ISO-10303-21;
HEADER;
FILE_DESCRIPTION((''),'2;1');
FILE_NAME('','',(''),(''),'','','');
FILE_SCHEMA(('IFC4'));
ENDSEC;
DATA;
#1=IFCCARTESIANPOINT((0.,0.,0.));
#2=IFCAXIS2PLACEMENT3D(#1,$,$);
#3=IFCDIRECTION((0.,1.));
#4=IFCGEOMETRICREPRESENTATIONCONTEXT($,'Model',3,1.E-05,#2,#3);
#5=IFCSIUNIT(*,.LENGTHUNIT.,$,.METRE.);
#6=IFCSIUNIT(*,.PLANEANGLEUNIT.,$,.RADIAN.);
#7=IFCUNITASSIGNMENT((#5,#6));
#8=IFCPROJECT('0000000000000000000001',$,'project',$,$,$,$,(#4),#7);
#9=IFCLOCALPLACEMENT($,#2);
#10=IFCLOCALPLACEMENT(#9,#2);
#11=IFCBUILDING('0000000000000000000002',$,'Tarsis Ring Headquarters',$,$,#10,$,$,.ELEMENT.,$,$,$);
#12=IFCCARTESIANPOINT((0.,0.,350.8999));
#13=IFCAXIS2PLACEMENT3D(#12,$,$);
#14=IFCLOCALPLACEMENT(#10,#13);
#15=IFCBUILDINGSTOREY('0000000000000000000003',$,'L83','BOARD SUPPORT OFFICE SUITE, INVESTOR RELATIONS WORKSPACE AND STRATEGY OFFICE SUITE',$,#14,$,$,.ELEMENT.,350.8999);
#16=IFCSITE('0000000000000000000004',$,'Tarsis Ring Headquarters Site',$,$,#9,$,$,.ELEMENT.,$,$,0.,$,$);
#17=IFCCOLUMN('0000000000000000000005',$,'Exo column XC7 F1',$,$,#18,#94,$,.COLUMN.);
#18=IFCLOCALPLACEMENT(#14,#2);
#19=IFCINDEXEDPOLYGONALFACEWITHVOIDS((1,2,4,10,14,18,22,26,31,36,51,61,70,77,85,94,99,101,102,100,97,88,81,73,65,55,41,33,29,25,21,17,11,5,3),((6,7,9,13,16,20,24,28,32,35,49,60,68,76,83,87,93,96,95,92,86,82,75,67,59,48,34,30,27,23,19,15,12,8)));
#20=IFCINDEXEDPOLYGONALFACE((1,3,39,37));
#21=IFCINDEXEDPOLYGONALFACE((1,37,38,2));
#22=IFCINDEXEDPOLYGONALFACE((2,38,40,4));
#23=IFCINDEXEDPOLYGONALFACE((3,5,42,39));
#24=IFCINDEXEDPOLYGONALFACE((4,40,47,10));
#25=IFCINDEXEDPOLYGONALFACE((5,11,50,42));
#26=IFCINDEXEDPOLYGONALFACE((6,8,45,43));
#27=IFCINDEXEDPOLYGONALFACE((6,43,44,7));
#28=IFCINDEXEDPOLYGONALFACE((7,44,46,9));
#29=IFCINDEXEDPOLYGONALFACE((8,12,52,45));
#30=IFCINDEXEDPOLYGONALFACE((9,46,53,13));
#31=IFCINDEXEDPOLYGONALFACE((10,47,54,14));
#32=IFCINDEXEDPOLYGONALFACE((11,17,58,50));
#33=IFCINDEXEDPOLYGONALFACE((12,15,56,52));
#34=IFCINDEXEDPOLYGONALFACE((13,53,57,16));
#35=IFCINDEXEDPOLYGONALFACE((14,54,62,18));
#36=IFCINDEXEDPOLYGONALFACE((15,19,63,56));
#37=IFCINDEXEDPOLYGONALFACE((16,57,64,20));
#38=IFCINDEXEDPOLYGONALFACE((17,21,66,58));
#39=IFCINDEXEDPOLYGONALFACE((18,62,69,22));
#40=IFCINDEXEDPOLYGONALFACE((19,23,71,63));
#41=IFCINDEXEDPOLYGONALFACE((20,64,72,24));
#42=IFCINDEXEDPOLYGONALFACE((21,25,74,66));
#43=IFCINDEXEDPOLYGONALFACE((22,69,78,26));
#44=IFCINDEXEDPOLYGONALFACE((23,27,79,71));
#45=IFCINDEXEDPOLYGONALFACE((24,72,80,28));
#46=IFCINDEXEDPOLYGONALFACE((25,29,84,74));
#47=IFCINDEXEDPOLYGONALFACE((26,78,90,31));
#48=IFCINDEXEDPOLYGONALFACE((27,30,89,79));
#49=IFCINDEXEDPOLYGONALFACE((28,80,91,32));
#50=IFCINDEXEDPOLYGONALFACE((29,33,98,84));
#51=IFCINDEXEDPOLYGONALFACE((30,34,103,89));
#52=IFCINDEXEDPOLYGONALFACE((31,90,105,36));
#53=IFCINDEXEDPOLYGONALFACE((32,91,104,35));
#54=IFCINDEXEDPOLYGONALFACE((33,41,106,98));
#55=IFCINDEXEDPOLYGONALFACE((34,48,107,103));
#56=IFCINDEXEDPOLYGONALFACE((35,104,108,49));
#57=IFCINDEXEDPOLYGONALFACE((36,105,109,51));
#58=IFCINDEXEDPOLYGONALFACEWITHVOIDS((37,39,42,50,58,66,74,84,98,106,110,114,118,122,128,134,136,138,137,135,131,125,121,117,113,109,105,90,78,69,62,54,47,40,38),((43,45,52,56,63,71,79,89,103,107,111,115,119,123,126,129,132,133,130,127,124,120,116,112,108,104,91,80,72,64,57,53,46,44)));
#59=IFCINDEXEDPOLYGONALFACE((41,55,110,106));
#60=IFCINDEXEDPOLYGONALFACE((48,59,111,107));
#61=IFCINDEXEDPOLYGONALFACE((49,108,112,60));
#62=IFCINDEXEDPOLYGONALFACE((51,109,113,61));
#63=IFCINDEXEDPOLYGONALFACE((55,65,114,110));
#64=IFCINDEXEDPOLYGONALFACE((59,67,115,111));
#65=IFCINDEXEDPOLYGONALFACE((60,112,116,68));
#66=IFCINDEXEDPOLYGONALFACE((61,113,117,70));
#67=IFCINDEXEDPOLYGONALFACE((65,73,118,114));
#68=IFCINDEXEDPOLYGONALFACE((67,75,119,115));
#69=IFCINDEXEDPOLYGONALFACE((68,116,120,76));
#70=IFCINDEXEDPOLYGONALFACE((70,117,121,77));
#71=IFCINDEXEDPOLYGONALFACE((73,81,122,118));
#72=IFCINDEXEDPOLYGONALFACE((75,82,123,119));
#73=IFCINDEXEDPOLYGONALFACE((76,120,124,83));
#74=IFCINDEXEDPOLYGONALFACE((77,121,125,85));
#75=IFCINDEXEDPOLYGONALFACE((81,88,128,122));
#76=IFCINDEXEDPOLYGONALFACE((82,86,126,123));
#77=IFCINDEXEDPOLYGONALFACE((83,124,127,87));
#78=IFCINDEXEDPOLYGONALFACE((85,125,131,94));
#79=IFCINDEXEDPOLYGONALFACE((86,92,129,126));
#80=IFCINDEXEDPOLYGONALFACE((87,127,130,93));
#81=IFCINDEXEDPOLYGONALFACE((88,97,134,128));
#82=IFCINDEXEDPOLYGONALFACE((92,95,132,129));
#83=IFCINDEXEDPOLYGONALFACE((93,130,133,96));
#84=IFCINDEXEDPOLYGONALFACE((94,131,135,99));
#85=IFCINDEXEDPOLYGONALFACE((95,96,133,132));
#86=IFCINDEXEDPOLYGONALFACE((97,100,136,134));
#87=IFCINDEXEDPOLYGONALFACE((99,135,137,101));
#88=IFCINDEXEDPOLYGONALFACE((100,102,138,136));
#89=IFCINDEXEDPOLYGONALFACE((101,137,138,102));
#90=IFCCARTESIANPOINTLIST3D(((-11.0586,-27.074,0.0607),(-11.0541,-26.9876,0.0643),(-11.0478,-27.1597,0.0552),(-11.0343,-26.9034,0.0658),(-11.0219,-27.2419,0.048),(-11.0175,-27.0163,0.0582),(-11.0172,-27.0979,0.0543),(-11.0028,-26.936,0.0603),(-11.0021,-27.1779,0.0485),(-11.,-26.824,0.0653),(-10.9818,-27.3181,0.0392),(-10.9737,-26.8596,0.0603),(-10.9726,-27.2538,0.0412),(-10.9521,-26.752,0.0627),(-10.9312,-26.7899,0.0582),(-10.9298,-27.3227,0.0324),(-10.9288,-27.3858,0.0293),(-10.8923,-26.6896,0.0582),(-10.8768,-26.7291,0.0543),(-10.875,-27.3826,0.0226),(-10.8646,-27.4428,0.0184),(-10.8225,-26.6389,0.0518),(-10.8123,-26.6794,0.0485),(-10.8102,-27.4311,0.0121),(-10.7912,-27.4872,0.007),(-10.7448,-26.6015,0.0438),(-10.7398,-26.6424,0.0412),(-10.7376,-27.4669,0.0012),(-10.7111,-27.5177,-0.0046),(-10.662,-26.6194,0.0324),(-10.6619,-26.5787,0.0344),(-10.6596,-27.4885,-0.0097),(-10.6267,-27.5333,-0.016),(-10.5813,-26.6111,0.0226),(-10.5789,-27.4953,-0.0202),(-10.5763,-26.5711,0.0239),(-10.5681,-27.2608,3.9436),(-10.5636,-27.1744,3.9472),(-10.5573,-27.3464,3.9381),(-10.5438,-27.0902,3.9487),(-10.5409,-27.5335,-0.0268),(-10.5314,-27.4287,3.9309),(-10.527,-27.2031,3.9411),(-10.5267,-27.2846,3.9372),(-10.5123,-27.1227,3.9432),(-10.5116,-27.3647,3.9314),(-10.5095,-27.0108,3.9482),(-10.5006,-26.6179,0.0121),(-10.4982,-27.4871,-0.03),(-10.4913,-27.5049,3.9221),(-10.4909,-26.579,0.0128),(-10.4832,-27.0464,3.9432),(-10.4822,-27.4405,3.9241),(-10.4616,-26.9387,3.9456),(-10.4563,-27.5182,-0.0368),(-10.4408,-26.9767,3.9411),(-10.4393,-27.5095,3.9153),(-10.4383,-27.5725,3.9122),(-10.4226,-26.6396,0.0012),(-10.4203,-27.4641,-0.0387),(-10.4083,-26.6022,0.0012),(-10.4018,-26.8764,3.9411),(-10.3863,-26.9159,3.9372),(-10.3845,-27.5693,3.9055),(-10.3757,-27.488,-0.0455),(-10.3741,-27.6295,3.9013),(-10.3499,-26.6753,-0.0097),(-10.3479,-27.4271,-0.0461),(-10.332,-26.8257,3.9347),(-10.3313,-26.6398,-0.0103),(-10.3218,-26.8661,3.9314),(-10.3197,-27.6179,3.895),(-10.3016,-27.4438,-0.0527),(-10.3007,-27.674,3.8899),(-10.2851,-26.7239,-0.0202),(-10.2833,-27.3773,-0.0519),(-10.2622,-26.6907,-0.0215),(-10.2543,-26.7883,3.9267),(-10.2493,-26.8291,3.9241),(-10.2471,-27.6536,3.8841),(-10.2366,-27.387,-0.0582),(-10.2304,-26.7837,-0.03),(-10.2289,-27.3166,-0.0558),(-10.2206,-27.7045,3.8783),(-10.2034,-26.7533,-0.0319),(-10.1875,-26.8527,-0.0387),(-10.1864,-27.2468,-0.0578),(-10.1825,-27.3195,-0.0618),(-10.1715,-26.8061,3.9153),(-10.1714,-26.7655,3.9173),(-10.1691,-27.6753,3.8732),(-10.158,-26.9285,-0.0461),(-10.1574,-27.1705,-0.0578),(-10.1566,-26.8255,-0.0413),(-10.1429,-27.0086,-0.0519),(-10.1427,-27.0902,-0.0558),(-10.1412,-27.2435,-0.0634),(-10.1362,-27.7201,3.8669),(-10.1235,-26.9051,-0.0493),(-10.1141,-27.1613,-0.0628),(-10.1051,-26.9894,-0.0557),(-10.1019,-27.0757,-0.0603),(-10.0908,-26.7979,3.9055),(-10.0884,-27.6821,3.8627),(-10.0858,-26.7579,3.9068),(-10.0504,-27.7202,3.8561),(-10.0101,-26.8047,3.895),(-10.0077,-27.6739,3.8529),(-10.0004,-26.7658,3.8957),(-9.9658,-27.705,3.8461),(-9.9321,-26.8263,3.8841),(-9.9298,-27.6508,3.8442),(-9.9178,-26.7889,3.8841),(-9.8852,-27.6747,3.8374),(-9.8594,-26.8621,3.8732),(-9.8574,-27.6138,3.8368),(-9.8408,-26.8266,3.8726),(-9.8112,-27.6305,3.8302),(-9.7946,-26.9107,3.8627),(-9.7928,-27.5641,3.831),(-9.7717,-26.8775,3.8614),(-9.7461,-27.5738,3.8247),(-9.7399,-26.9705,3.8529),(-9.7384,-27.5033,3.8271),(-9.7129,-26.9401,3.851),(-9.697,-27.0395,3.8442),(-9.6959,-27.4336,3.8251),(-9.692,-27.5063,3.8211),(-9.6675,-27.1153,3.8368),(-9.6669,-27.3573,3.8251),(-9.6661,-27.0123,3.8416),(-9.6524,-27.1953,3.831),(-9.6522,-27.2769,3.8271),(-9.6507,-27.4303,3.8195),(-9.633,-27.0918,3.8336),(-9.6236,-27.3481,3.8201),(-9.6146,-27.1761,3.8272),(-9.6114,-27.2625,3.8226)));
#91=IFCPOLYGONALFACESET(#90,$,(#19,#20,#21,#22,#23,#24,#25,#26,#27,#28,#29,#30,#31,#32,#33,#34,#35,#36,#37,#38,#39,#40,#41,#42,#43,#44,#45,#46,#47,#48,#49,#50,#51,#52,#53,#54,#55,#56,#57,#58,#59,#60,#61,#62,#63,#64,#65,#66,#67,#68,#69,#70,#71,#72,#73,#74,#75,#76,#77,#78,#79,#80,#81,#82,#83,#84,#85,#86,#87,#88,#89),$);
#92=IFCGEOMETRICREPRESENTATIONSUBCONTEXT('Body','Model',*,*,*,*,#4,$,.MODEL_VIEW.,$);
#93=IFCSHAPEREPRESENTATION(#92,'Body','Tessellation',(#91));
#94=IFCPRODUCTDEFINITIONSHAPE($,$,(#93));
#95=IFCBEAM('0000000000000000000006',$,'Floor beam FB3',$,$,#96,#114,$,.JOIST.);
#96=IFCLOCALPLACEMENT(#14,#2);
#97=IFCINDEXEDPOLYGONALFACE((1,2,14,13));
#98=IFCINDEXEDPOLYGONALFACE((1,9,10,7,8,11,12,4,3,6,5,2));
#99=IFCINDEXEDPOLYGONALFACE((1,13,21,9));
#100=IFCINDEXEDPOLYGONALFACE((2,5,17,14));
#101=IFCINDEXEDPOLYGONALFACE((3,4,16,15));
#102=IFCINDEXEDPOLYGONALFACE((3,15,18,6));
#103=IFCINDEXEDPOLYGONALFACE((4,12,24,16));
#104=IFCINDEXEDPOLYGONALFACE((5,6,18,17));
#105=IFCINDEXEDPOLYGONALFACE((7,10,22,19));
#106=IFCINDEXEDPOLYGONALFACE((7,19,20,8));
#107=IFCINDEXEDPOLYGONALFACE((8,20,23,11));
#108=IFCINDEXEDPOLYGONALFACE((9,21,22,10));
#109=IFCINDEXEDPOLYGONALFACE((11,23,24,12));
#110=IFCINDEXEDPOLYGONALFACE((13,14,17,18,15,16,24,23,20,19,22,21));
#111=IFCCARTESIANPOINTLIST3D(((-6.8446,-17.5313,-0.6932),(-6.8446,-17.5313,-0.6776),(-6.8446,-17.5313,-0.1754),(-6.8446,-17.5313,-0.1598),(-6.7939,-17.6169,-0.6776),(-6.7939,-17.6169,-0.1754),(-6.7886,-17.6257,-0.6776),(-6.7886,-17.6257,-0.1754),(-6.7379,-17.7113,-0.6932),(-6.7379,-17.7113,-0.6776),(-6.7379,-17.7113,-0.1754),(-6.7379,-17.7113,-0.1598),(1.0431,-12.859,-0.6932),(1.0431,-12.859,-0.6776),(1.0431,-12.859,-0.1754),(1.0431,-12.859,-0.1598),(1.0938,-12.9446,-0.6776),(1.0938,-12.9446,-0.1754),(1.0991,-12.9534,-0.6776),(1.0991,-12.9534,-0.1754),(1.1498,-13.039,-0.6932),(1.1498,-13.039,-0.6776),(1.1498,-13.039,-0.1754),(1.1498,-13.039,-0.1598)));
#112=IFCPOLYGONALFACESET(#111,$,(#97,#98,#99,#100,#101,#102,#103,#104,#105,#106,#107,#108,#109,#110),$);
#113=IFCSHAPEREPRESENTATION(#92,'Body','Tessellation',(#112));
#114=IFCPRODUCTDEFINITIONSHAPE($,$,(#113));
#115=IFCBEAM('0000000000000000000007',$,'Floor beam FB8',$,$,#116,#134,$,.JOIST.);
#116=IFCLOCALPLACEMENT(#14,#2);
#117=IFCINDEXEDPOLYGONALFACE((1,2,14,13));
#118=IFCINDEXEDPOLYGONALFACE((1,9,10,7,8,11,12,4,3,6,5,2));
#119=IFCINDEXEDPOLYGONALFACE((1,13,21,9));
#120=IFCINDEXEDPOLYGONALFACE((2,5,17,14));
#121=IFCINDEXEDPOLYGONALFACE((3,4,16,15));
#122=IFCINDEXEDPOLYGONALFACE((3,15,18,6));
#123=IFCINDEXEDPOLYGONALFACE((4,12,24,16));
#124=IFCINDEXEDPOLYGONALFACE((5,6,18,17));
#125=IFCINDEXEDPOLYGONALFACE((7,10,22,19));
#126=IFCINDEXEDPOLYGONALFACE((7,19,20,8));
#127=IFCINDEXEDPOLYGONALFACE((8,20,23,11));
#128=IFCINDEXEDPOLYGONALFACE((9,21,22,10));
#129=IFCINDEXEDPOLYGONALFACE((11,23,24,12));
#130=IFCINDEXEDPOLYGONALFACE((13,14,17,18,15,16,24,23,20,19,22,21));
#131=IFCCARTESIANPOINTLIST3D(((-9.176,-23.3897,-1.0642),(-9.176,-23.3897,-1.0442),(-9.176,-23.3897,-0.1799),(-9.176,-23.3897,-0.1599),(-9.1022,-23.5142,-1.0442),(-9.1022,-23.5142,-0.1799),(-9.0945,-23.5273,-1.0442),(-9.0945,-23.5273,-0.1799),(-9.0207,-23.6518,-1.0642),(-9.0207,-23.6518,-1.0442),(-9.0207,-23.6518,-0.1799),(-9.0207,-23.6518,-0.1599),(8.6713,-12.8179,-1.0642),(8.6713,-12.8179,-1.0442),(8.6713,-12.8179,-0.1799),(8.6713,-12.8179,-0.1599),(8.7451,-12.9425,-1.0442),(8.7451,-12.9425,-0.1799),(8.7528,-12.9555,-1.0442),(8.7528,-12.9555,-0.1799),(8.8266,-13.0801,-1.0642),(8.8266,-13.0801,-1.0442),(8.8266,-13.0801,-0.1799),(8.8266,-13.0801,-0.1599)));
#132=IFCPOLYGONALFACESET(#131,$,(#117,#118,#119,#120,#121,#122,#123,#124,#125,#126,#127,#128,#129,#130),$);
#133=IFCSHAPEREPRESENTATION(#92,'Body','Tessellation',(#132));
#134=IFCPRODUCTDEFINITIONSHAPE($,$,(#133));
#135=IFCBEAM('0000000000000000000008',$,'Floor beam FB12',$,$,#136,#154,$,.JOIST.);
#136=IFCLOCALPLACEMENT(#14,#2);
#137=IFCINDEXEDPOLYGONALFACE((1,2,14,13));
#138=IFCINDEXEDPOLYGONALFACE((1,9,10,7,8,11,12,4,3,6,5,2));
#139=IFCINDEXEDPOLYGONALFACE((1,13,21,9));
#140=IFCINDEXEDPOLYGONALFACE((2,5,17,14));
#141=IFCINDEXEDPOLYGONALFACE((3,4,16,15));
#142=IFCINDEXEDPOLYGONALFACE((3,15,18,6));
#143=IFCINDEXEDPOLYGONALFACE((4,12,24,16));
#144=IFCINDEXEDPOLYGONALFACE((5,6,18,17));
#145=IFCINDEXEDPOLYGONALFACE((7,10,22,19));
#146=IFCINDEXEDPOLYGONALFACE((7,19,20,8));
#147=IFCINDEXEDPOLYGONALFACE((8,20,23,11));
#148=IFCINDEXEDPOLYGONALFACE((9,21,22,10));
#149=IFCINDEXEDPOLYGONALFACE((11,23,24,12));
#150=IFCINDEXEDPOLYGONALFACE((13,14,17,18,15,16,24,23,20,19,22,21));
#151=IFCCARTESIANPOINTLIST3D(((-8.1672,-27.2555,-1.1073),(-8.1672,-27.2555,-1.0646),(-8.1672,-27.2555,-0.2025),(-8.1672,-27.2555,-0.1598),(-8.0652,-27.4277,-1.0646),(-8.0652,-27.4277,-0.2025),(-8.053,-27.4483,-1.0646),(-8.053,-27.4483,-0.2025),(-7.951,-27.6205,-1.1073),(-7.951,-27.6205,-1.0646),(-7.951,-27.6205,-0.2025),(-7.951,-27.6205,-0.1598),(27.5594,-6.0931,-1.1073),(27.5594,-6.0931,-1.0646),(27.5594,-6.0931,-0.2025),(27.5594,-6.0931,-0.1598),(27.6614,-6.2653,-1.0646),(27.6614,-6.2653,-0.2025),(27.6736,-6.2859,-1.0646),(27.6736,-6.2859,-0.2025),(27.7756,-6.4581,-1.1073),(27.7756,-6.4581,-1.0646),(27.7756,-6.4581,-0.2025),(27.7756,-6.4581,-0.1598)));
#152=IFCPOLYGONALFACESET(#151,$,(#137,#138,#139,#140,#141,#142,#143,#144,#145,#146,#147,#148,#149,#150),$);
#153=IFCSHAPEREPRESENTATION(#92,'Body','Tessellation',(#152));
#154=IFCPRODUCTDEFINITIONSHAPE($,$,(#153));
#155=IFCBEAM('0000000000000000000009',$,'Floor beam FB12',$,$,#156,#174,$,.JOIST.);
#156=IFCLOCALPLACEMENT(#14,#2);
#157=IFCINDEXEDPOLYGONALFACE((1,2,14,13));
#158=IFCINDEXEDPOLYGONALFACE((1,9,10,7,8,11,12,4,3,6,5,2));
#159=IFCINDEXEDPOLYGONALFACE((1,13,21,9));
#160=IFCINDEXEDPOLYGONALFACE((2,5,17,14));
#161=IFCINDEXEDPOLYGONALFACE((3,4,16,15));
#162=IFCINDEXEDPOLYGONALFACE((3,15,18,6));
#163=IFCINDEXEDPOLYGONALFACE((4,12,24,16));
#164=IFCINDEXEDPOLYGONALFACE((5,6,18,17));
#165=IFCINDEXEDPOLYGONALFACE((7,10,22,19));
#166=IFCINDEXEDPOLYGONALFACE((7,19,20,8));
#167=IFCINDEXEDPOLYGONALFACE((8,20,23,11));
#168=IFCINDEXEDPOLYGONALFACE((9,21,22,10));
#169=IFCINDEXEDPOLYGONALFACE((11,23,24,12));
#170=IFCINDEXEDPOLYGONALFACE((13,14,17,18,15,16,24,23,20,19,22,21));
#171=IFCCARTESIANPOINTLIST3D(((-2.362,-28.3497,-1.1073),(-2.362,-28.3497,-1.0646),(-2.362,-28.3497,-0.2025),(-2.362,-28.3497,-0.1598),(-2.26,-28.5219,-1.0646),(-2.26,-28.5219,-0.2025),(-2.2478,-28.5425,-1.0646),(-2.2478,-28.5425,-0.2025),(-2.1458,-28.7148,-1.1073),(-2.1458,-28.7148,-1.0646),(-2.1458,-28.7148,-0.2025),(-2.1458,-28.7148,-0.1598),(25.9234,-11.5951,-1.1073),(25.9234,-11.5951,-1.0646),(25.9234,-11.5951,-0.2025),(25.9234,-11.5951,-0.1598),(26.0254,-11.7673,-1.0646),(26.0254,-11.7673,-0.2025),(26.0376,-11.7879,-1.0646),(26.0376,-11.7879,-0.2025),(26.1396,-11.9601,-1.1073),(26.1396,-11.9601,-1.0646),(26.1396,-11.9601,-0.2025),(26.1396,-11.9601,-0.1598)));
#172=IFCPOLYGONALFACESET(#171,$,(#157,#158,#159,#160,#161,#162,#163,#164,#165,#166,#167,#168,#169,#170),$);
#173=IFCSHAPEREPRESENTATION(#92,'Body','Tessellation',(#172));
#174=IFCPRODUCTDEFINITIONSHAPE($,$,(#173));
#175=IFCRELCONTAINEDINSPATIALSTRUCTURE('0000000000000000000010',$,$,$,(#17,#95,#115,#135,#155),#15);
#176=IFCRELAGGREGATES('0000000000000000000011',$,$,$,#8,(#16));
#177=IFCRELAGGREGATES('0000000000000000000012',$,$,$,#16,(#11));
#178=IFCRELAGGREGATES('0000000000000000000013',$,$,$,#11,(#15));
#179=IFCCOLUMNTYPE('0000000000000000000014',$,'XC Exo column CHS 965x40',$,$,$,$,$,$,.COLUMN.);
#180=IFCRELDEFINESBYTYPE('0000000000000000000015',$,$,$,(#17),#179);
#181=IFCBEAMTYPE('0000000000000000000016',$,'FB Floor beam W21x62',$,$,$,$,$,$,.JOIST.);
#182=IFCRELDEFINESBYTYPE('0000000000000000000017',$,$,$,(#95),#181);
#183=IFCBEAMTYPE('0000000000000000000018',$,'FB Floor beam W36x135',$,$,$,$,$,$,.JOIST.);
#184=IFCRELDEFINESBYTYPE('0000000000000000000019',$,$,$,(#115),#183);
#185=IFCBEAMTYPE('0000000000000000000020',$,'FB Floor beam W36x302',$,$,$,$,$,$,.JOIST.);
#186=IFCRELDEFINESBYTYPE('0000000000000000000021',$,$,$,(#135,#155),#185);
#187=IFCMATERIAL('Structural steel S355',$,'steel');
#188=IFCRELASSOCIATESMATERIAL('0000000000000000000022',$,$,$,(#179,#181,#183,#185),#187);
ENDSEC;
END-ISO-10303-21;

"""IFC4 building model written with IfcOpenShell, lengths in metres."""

from ifc_helpers import new_model, si_unit, direction, frame, origin, origin_2d, place, context, subcontext, project, spatial, hollow_circle, i_section, extrude, material, material_profile, profile_set, type_object, element, save


model = new_model("IFC4")

# Units and contexts
model_context = context("Model", 3, precision=1e-05, world=origin(), true_north=direction((0.0, 1.0)))
body_context = subcontext(model_context, "Body", "Model", "MODEL_VIEW")
ifc_project = project(units=[si_unit("LENGTHUNIT", "METRE"), si_unit("PLANEANGLEUNIT", "RADIAN")], contexts=[model_context])

# Site, building, storey
site_placement = place(None, origin())
site = spatial("IfcSite", under=ifc_project, at=site_placement, Name="Tarsis Ring Headquarters Site", CompositionType="ELEMENT", RefElevation=0.0)
building_placement = place(site_placement, origin())
building = spatial("IfcBuilding", under=site, at=building_placement, Name="Tarsis Ring Headquarters", CompositionType="ELEMENT")
storey_placement = place(building_placement, frame((0.0, 0.0, 350.8999)))
storey = spatial("IfcBuildingStorey", under=building, at=storey_placement, Name="L83", Description="BOARD SUPPORT OFFICE SUITE, INVESTOR RELATIONS WORKSPACE AND STRATEGY OFFICE SUITE", CompositionType="ELEMENT", Elevation=350.8999)

# Column
ifc_material_1 = material(Name="Structural steel S355", Category="steel")
ifc_material_profile_1 = material_profile(ifc_material_1, hollow_circle(Radius=0.4827, WallThickness=0.04, at=origin_2d()), Name="CHS 965x40")
ifc_profile_set_1 = profile_set([ifc_material_profile_1], Name="Structural steel S355")
column_type = type_object("IfcColumnType", Name="XC Exo column CHS 965x40", PredefinedType="COLUMN", material=ifc_profile_set_1)
column_placement = place(storey_placement, frame((-10.5801, -27.0532, 0.0012), z_axis=(0.125182, -0.047668, 0.990988), x_axis=(0.35586, 0.934539, 0.0)))
element("IfcColumn", 1, at=column_placement, inside=storey, type_object=column_type, Name="Exo column XC7 F1", PredefinedType="COLUMN", context=body_context, shape_type="SweptSolid", body=[
    extrude(hollow_circle(Radius=0.4827, WallThickness=0.04, at=origin_2d()), origin(), (0.0, 0.0, 1.0), 3.9182),
])

# Beams
ifc_material_profile_2 = material_profile(ifc_material_1, i_section(OverallWidth=0.2092, OverallDepth=0.5334, WebThickness=0.0103, FlangeThickness=0.0156, at=origin_2d()), Name="W21x62")
ifc_profile_set_2 = profile_set([ifc_material_profile_2], Name="Structural steel S355")
beam_type_1 = type_object("IfcBeamType", Name="FB Floor beam W21x62", PredefinedType="JOIST", material=ifc_profile_set_2)
beam_1_placement = place(storey_placement, frame((-6.7913, -17.6213, -0.4265), z_axis=(0.860379, 0.509655, 0.0), x_axis=(-0.509655, 0.860379, 0.0)))
element("IfcBeam", 2, at=beam_1_placement, inside=storey, type_object=beam_type_1, Name="Floor beam FB3", PredefinedType="JOIST", context=body_context, shape_type="SweptSolid", body=[
    extrude(i_section(OverallWidth=0.2092, OverallDepth=0.5334, WebThickness=0.0103, FlangeThickness=0.0156, at=origin_2d()), origin(), (0.0, 0.0, 1.0), 9.1677),
])
ifc_material_profile_3 = material_profile(ifc_material_1, i_section(OverallWidth=0.3047, OverallDepth=0.9043, WebThickness=0.0151, FlangeThickness=0.02, at=origin_2d()), Name="W36x135")
ifc_profile_set_3 = profile_set([ifc_material_profile_3], Name="Structural steel S355")
beam_type_2 = type_object("IfcBeamType", Name="FB Floor beam W36x135", PredefinedType="JOIST", material=ifc_profile_set_3)
beam_2_placement = place(storey_placement, frame((-9.0984, -23.5208, -0.6121), z_axis=(0.860386, 0.509643, 0.0), x_axis=(-0.509643, 0.860386, 0.0)))
element("IfcBeam", 3, at=beam_2_placement, inside=storey, type_object=beam_type_2, Name="Floor beam FB8", PredefinedType="JOIST", context=body_context, shape_type="SweptSolid", body=[
    extrude(i_section(OverallWidth=0.3047, OverallDepth=0.9043, WebThickness=0.0151, FlangeThickness=0.02, at=origin_2d()), origin(), (0.0, 0.0, 1.0), 20.7434),
])
ifc_material_profile_4 = material_profile(ifc_material_1, i_section(OverallWidth=0.4243, OverallDepth=0.9475, WebThickness=0.0239, FlangeThickness=0.0427, at=origin_2d()), Name="W36x302")
ifc_profile_set_4 = profile_set([ifc_material_profile_4], Name="Structural steel S355")
beam_type_3 = type_object("IfcBeamType", Name="FB Floor beam W36x302", PredefinedType="JOIST", material=ifc_profile_set_4)
beam_3_placement = place(storey_placement, frame((-8.0591, -27.438, -0.6335), z_axis=(0.860386, 0.509643, 0.0), x_axis=(-0.509643, 0.860386, 0.0)))
element("IfcBeam", 4, at=beam_3_placement, inside=storey, type_object=beam_type_3, Name="Floor beam FB12", PredefinedType="JOIST", context=body_context, shape_type="SweptSolid", body=[
    extrude(i_section(OverallWidth=0.4243, OverallDepth=0.9475, WebThickness=0.0239, FlangeThickness=0.0427, at=origin_2d()), origin(), (0.0, 0.0, 1.0), 41.5239),
])
beam_4_placement = place(storey_placement, frame((-2.2539, -28.5322, -0.6335), z_axis=(0.860386, 0.509643, 0.0), x_axis=(-0.509643, 0.860386, 0.0)))
element("IfcBeam", 5, at=beam_4_placement, inside=storey, type_object=beam_type_3, Name="Floor beam FB12", PredefinedType="JOIST", context=body_context, shape_type="SweptSolid", body=[
    extrude(i_section(OverallWidth=0.4243, OverallDepth=0.9475, WebThickness=0.0239, FlangeThickness=0.0427, at=origin_2d()), origin(), (0.0, 0.0, 1.0), 32.8752),
])

save(model, "model.ifc")
